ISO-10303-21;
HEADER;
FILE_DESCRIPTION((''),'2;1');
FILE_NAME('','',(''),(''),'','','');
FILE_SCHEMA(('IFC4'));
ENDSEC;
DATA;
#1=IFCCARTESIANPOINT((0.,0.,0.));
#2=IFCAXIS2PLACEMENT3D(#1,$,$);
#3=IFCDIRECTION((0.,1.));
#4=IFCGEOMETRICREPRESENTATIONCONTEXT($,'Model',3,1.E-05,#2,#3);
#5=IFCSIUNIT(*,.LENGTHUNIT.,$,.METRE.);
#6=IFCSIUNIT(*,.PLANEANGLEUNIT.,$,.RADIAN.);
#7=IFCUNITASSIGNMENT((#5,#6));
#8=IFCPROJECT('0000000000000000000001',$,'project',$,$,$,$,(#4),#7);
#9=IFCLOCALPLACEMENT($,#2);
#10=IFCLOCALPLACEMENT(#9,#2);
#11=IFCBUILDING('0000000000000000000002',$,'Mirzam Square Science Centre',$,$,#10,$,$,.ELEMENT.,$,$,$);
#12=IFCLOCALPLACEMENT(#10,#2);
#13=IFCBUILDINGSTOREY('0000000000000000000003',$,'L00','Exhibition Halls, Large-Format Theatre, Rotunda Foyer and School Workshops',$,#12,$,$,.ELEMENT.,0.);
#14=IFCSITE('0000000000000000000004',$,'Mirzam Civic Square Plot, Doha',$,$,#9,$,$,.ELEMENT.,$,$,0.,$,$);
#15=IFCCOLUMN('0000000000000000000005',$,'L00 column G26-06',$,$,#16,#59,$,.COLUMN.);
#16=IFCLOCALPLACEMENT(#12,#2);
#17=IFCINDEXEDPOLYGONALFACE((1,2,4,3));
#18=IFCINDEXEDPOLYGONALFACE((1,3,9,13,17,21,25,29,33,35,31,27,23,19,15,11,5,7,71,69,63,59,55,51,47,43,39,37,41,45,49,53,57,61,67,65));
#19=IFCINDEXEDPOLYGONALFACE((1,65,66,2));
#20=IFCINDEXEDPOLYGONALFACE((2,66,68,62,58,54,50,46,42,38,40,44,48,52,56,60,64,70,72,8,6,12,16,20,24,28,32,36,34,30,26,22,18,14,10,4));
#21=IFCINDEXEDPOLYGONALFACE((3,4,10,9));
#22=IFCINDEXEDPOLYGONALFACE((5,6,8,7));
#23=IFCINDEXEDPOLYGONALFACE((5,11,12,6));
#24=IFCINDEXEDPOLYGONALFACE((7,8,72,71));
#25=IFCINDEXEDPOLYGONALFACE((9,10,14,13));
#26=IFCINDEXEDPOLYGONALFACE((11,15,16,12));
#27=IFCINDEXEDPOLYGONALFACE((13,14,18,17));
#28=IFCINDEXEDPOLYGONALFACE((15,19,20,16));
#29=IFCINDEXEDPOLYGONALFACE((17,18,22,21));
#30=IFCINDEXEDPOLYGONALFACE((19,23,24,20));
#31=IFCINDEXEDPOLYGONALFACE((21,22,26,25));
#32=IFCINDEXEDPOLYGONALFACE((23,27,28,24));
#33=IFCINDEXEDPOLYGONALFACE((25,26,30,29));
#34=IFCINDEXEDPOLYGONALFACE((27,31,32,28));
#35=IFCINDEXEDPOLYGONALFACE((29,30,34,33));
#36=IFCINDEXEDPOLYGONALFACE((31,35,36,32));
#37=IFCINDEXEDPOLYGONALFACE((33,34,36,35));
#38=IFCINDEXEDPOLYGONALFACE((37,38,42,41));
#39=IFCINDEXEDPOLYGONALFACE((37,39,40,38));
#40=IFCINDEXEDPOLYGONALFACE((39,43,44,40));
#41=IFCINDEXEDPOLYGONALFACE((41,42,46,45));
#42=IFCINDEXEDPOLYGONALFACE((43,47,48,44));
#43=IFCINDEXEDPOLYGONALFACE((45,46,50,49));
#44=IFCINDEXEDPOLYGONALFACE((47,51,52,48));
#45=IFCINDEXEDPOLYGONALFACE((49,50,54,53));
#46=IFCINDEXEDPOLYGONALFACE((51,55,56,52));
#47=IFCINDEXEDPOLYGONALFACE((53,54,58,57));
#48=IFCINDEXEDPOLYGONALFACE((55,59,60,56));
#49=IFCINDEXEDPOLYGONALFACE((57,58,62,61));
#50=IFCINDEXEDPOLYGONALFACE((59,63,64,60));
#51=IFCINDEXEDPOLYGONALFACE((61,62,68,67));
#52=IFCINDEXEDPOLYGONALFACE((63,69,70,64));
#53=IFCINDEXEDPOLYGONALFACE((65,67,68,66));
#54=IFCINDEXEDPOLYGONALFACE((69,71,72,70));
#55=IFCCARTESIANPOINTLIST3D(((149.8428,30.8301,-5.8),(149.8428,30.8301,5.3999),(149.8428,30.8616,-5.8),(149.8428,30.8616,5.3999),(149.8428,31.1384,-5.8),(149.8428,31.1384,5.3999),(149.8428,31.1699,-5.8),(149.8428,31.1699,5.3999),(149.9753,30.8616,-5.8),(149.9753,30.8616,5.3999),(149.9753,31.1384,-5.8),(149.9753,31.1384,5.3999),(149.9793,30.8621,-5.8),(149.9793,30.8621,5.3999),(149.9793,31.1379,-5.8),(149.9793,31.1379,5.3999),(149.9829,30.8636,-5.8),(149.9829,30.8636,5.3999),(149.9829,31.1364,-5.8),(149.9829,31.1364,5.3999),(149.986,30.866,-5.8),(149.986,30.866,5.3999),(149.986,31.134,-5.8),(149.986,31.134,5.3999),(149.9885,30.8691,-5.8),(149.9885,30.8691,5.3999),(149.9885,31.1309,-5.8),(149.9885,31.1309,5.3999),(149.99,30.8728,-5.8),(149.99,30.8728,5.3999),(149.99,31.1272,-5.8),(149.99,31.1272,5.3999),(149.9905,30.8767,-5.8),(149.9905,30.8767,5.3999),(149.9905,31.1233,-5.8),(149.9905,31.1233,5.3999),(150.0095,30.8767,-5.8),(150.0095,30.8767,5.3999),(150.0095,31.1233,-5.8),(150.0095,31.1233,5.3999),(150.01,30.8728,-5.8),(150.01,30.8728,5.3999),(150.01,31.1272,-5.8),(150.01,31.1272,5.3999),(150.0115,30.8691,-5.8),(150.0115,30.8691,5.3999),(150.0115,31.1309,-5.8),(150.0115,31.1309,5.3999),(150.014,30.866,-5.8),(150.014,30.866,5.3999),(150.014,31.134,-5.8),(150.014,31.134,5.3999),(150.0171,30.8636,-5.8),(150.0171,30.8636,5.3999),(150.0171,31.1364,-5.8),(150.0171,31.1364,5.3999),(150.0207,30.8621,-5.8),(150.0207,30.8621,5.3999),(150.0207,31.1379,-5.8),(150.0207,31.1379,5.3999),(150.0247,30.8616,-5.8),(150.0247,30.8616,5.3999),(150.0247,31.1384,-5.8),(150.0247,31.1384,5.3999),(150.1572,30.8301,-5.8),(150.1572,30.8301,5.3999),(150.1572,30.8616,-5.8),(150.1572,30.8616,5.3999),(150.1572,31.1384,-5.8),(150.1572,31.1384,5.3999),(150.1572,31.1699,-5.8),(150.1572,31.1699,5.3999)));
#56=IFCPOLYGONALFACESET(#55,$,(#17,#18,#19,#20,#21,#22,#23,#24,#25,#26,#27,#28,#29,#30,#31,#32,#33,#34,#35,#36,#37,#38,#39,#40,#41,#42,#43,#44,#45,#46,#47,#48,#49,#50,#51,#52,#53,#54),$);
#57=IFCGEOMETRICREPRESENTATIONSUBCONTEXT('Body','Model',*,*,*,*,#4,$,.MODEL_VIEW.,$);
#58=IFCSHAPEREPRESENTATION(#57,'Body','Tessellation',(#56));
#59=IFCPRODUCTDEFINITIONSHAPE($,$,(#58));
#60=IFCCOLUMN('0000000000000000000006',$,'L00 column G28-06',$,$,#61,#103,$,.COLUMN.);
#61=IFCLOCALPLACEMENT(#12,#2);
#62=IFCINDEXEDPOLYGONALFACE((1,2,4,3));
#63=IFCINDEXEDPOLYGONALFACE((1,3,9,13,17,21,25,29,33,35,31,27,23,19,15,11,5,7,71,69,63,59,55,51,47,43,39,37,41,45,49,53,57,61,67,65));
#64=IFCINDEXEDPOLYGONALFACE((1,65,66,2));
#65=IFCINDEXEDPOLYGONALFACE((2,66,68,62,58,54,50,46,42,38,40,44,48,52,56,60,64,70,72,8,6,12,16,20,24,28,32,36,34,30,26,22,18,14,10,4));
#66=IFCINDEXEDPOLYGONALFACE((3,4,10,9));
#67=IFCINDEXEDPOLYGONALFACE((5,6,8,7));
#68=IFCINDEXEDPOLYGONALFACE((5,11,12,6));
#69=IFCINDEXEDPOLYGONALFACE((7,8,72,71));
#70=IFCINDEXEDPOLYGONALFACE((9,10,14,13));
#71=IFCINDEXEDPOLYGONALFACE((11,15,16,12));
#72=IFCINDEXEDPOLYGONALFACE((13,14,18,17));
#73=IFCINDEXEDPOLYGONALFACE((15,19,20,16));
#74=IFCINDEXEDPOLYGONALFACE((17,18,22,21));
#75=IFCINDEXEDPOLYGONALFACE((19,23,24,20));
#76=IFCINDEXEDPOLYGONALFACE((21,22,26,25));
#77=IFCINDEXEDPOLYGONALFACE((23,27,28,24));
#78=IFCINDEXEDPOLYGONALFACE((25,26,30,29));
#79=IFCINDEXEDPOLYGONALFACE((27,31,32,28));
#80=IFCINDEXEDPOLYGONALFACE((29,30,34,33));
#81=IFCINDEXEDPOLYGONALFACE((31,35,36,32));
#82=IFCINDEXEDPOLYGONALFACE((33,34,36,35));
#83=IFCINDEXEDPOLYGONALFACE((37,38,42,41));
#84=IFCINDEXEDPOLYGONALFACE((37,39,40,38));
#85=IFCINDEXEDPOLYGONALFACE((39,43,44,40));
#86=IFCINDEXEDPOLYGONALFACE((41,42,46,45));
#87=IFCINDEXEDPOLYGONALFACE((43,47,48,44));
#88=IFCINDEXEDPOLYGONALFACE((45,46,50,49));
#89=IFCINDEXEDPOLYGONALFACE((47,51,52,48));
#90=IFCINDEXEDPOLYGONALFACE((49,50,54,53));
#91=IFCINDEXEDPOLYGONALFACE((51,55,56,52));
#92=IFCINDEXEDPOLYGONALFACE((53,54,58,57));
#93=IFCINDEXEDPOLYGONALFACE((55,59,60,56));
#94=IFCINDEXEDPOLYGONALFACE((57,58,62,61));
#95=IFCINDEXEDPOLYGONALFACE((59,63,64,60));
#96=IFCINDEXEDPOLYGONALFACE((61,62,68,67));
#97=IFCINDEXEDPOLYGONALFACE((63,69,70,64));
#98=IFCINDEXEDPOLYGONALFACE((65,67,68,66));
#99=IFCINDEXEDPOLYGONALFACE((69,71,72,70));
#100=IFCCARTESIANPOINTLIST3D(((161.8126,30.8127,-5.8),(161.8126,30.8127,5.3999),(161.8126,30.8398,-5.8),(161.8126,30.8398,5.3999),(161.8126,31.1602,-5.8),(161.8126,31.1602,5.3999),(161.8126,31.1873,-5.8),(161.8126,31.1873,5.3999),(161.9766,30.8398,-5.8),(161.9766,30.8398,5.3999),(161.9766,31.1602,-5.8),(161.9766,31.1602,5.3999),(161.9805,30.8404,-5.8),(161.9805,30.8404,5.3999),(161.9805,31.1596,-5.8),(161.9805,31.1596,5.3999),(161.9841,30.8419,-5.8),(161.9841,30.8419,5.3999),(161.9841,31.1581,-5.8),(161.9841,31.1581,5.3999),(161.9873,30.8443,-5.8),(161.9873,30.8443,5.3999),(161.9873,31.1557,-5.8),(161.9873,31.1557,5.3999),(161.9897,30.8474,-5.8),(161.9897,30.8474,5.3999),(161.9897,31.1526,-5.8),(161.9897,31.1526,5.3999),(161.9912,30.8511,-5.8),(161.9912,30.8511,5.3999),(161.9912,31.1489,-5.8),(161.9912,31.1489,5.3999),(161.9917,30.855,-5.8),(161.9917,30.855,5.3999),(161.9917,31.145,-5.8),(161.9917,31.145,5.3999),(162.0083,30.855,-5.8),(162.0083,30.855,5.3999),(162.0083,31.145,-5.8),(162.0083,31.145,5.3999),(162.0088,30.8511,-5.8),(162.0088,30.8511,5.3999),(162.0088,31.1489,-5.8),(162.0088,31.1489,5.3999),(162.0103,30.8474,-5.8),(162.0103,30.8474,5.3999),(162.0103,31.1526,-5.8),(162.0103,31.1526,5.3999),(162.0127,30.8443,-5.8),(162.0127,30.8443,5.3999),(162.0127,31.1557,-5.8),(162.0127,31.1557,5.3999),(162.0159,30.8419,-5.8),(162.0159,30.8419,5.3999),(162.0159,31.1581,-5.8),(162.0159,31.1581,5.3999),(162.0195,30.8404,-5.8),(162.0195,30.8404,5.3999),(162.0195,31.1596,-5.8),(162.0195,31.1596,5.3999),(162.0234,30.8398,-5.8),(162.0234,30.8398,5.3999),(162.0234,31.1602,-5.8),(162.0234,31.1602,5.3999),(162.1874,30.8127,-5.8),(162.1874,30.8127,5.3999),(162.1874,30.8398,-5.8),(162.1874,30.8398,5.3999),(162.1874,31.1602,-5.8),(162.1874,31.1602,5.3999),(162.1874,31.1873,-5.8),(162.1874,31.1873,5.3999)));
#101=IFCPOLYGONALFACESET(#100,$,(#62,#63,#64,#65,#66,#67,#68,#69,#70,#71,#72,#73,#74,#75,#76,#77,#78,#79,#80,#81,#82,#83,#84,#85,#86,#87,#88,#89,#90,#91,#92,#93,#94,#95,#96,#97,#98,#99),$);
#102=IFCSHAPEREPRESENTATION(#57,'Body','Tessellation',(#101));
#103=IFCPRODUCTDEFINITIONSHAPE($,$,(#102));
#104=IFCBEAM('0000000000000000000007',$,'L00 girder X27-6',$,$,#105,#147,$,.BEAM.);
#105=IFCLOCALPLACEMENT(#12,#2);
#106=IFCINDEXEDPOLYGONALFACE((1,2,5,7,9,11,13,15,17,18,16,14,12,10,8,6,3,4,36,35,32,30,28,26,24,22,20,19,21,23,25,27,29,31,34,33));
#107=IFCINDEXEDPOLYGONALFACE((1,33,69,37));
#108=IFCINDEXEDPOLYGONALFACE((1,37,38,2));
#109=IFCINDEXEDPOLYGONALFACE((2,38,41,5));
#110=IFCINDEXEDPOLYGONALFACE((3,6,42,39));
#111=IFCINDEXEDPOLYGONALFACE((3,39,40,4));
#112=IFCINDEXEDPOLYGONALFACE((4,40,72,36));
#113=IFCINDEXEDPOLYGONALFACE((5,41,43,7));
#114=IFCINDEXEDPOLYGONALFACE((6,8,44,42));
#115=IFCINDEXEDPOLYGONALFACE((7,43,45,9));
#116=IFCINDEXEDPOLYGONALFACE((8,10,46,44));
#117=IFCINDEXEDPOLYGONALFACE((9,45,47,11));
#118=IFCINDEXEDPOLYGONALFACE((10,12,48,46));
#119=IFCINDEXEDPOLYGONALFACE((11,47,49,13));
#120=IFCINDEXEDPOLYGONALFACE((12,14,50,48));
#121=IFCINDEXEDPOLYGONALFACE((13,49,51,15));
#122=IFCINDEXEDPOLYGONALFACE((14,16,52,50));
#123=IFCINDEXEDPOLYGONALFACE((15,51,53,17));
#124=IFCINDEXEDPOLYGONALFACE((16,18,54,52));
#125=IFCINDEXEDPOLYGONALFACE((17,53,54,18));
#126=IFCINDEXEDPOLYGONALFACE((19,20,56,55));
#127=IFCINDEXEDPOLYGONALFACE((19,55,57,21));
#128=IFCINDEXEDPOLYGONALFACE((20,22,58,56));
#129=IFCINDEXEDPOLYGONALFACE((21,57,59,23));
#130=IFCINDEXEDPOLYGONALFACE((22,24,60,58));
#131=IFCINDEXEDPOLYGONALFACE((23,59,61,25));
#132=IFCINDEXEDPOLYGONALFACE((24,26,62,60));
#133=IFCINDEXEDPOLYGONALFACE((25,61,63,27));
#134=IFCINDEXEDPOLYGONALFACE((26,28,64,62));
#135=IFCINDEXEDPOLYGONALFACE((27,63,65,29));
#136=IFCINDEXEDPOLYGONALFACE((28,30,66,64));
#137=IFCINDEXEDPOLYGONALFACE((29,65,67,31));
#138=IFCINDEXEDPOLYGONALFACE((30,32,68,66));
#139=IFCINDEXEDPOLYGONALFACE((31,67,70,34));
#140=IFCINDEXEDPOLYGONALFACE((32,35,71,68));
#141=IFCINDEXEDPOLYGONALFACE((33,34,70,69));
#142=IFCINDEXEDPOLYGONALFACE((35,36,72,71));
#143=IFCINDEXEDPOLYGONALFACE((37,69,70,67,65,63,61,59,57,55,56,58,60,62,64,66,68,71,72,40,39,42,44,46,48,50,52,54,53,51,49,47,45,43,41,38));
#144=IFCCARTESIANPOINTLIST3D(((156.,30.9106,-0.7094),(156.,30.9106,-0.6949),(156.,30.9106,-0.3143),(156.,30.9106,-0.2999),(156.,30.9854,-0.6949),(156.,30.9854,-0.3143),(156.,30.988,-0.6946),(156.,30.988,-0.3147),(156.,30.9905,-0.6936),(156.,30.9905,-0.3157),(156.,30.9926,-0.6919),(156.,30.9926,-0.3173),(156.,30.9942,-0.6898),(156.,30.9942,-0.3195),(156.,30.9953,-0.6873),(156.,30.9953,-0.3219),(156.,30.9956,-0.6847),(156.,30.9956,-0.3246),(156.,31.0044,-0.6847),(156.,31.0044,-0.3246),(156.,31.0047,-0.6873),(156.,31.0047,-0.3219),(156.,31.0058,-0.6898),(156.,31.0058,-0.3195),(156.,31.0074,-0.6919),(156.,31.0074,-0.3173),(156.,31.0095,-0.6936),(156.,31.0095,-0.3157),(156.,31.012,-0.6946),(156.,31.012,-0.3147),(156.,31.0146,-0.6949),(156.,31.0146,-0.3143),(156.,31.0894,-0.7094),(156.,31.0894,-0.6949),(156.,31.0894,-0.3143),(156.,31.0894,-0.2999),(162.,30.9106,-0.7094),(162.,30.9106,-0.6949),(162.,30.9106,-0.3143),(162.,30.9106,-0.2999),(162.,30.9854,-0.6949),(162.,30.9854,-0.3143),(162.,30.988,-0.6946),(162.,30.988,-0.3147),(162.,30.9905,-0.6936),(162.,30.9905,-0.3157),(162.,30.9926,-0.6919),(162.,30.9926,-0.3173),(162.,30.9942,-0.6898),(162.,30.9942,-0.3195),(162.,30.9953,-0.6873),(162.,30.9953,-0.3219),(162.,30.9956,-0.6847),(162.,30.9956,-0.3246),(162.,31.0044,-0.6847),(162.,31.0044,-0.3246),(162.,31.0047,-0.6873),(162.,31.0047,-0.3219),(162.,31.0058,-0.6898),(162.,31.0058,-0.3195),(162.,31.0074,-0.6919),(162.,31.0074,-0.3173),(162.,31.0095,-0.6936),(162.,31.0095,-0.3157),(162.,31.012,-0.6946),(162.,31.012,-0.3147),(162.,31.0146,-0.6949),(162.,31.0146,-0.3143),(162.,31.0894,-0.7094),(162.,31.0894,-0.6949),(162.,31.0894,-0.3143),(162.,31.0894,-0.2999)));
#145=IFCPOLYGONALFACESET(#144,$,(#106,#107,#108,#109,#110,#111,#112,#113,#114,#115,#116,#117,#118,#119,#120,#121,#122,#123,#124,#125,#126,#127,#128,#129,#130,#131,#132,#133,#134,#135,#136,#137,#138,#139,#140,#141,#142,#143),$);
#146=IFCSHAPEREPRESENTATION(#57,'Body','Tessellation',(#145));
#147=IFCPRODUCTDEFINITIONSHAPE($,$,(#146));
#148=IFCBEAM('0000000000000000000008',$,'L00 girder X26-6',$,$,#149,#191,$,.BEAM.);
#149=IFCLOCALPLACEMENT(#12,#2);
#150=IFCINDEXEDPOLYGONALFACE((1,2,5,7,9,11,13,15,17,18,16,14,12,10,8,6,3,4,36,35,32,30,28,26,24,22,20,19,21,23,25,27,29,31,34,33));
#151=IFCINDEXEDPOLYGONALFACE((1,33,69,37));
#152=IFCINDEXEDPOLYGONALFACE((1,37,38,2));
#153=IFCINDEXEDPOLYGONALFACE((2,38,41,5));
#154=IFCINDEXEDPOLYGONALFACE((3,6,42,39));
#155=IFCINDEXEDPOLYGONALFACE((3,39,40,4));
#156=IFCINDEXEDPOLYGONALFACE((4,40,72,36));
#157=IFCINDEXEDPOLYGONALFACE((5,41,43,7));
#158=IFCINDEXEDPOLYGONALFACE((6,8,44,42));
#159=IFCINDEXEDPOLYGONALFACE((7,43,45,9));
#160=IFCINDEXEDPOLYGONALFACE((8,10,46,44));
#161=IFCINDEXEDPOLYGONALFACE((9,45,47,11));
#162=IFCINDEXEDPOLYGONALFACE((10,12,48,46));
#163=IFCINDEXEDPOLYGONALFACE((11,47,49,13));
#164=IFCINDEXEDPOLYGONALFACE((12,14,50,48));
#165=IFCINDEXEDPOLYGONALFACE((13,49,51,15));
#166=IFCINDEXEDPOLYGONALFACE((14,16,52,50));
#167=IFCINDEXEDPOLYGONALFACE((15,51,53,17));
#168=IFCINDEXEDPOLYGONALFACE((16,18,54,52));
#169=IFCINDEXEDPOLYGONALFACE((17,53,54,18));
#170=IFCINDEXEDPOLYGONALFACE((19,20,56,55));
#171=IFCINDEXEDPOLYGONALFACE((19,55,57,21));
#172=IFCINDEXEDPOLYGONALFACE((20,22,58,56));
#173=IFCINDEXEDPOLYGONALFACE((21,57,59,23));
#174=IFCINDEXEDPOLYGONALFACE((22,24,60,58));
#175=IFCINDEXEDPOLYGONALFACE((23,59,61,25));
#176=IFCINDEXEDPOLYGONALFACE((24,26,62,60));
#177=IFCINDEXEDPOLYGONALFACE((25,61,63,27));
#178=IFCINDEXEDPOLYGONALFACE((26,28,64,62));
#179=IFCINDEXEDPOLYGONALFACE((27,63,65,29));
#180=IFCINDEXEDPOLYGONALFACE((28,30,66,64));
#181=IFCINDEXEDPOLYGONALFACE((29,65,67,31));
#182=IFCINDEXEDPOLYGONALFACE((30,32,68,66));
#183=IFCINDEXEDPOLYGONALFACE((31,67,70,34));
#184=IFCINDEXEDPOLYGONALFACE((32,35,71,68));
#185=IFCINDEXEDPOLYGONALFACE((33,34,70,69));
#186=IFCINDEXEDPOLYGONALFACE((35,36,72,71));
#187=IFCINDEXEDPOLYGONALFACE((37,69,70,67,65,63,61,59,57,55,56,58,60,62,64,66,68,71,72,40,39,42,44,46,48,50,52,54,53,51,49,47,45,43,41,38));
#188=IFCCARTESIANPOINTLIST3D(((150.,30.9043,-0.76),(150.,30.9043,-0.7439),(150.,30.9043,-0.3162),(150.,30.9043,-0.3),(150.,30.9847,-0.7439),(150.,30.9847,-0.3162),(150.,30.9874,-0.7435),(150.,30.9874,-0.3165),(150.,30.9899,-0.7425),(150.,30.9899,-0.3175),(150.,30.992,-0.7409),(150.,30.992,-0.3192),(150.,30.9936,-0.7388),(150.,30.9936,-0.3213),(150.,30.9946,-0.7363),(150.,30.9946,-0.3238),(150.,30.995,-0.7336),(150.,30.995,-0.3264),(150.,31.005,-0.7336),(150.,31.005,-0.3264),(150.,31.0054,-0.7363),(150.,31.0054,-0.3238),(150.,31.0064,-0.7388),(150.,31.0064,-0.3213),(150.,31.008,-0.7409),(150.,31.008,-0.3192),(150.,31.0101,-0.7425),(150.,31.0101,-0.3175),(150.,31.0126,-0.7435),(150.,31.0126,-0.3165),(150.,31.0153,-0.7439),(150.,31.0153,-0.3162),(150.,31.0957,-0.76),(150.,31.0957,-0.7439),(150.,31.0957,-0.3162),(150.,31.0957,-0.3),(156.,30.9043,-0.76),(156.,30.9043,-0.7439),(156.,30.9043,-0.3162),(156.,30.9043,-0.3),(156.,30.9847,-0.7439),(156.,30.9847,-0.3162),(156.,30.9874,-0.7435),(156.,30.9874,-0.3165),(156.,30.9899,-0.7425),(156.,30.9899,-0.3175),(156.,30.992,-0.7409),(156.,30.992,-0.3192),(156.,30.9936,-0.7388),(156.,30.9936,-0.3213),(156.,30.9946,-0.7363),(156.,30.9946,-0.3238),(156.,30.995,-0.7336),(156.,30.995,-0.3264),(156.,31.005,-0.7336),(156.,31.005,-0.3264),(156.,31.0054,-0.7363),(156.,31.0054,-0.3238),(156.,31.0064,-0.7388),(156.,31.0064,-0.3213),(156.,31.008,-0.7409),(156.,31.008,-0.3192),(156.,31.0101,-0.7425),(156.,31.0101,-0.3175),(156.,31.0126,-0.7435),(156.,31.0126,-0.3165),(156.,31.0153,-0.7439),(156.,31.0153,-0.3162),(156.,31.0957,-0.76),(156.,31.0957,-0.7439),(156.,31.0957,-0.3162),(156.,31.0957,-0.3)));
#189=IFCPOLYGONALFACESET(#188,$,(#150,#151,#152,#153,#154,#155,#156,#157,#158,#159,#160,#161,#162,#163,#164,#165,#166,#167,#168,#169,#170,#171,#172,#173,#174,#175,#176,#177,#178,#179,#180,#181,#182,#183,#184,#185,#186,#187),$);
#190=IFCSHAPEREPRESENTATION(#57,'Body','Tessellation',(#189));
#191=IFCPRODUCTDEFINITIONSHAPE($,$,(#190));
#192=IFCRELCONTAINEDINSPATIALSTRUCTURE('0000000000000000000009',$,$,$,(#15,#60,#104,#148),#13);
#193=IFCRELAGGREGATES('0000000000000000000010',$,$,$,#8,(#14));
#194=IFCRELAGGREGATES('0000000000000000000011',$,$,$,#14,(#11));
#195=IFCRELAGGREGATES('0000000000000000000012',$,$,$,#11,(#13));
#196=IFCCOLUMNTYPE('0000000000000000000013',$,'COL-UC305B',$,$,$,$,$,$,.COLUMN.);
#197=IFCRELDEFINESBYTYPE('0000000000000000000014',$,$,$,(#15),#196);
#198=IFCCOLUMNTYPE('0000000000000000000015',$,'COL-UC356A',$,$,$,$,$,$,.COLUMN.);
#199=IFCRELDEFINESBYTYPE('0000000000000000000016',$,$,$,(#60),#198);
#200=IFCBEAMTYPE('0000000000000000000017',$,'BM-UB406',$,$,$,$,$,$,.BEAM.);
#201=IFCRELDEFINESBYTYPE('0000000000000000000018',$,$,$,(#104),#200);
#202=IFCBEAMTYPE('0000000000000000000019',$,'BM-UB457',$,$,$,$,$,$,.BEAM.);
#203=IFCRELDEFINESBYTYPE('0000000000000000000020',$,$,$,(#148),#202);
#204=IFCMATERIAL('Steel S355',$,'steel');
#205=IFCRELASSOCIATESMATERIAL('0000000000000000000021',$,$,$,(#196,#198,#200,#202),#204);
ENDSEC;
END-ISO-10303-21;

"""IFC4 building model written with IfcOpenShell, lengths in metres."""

from ifc_helpers import new_model, si_unit, direction, frame, origin, origin_2d, place, context, subcontext, project, spatial, i_section, extrude, material, material_profile, profile_set, type_object, element, save


model = new_model("IFC4")

# Units and contexts
model_context = context("Model", 3, precision=1e-05, world=origin(), true_north=direction((0.0, 1.0)))
body_context = subcontext(model_context, "Body", "Model", "MODEL_VIEW")
ifc_project = project(units=[si_unit("LENGTHUNIT", "METRE"), si_unit("PLANEANGLEUNIT", "RADIAN")], contexts=[model_context])

# Site, building, storey
site_placement = place(None, origin())
site = spatial("IfcSite", under=ifc_project, at=site_placement, Name="Mirzam Civic Square Plot, Doha", CompositionType="ELEMENT", RefElevation=0.0)
building_placement = place(site_placement, origin())
building = spatial("IfcBuilding", under=site, at=building_placement, Name="Mirzam Square Science Centre", CompositionType="ELEMENT")
storey_placement = place(building_placement, origin())
storey = spatial("IfcBuildingStorey", under=building, at=storey_placement, Name="L00", Description="Exhibition Halls, Large-Format Theatre, Rotunda Foyer and School Workshops", CompositionType="ELEMENT", Elevation=0.0)

# Columns
ifc_material_1 = material(Name="Steel S355", Category="steel")
ifc_material_profile_1 = material_profile(ifc_material_1, i_section(OverallWidth=0.3145, OverallDepth=0.3398, WebThickness=0.019, FlangeThickness=0.0315, FilletRadius=0.0151, at=origin_2d()), Name="305x305x198UC")
ifc_profile_set_1 = profile_set([ifc_material_profile_1], Name="Steel S355")
column_type_1 = type_object("IfcColumnType", Name="COL-UC305B", PredefinedType="COLUMN", material=ifc_profile_set_1)
column_1_placement = place(storey_placement, frame((150.0, 31.0, -5.8), z_axis=(0.0, 0.0, 1.0), x_axis=(1.0, 0.0, 0.0)))
element("IfcColumn", 1, at=column_1_placement, inside=storey, type_object=column_type_1, Name="L00 column G26-06", PredefinedType="COLUMN", context=body_context, shape_type="SweptSolid", body=[
    extrude(i_section(OverallWidth=0.3145, OverallDepth=0.3398, WebThickness=0.019, FlangeThickness=0.0315, FilletRadius=0.0151, at=origin_2d()), origin(), (0.0, 0.0, 1.0), 11.2),
])
ifc_material_profile_2 = material_profile(ifc_material_1, i_section(OverallWidth=0.3748, OverallDepth=0.3745, WebThickness=0.0166, FlangeThickness=0.0271, FilletRadius=0.0151, at=origin_2d()), Name="356x368x202UC")
ifc_profile_set_2 = profile_set([ifc_material_profile_2], Name="Steel S355")
column_type_2 = type_object("IfcColumnType", Name="COL-UC356A", PredefinedType="COLUMN", material=ifc_profile_set_2)
column_2_placement = place(storey_placement, frame((162.0, 31.0, -5.8), z_axis=(0.0, 0.0, 1.0), x_axis=(1.0, 0.0, 0.0)))
element("IfcColumn", 2, at=column_2_placement, inside=storey, type_object=column_type_2, Name="L00 column G28-06", PredefinedType="COLUMN", context=body_context, shape_type="SweptSolid", body=[
    extrude(i_section(OverallWidth=0.3748, OverallDepth=0.3745, WebThickness=0.0166, FlangeThickness=0.0271, FilletRadius=0.0151, at=origin_2d()), origin(), (0.0, 0.0, 1.0), 11.2),
])

# Beams
ifc_material_profile_3 = material_profile(ifc_material_1, i_section(OverallWidth=0.1787, OverallDepth=0.4094, WebThickness=0.0088, FlangeThickness=0.0144, FilletRadius=0.0103, at=origin_2d()), Name="406x178x67UB")
ifc_profile_set_3 = profile_set([ifc_material_profile_3], Name="Steel S355")
beam_type_1 = type_object("IfcBeamType", Name="BM-UB406", PredefinedType="BEAM", material=ifc_profile_set_3)
beam_1_placement = place(storey_placement, frame((156.0, 31.0, -0.5046), z_axis=(1.0, 0.0, 0.0), x_axis=(0.0, 1.0, 0.0)))
element("IfcBeam", 3, at=beam_1_placement, inside=storey, type_object=beam_type_1, Name="L00 girder X27-6", PredefinedType="BEAM", context=body_context, shape_type="SweptSolid", body=[
    extrude(i_section(OverallWidth=0.1787, OverallDepth=0.4094, WebThickness=0.0088, FlangeThickness=0.0144, FilletRadius=0.0103, at=origin_2d()), origin(), (0.0, 0.0, 1.0), 6.0),
])
ifc_material_profile_4 = material_profile(ifc_material_1, i_section(OverallWidth=0.1914, OverallDepth=0.46, WebThickness=0.01, FlangeThickness=0.0161, FilletRadius=0.0103, at=origin_2d()), Name="457x191x82UB")
ifc_profile_set_4 = profile_set([ifc_material_profile_4], Name="Steel S355")
beam_type_2 = type_object("IfcBeamType", Name="BM-UB457", PredefinedType="BEAM", material=ifc_profile_set_4)
beam_2_placement = place(storey_placement, frame((150.0, 31.0, -0.53), z_axis=(1.0, 0.0, 0.0), x_axis=(0.0, 1.0, 0.0)))
element("IfcBeam", 4, at=beam_2_placement, inside=storey, type_object=beam_type_2, Name="L00 girder X26-6", PredefinedType="BEAM", context=body_context, shape_type="SweptSolid", body=[
    extrude(i_section(OverallWidth=0.1914, OverallDepth=0.46, WebThickness=0.01, FlangeThickness=0.0161, FilletRadius=0.0103, at=origin_2d()), origin(), (0.0, 0.0, 1.0), 6.0),
])

save(model, "model.ifc")
